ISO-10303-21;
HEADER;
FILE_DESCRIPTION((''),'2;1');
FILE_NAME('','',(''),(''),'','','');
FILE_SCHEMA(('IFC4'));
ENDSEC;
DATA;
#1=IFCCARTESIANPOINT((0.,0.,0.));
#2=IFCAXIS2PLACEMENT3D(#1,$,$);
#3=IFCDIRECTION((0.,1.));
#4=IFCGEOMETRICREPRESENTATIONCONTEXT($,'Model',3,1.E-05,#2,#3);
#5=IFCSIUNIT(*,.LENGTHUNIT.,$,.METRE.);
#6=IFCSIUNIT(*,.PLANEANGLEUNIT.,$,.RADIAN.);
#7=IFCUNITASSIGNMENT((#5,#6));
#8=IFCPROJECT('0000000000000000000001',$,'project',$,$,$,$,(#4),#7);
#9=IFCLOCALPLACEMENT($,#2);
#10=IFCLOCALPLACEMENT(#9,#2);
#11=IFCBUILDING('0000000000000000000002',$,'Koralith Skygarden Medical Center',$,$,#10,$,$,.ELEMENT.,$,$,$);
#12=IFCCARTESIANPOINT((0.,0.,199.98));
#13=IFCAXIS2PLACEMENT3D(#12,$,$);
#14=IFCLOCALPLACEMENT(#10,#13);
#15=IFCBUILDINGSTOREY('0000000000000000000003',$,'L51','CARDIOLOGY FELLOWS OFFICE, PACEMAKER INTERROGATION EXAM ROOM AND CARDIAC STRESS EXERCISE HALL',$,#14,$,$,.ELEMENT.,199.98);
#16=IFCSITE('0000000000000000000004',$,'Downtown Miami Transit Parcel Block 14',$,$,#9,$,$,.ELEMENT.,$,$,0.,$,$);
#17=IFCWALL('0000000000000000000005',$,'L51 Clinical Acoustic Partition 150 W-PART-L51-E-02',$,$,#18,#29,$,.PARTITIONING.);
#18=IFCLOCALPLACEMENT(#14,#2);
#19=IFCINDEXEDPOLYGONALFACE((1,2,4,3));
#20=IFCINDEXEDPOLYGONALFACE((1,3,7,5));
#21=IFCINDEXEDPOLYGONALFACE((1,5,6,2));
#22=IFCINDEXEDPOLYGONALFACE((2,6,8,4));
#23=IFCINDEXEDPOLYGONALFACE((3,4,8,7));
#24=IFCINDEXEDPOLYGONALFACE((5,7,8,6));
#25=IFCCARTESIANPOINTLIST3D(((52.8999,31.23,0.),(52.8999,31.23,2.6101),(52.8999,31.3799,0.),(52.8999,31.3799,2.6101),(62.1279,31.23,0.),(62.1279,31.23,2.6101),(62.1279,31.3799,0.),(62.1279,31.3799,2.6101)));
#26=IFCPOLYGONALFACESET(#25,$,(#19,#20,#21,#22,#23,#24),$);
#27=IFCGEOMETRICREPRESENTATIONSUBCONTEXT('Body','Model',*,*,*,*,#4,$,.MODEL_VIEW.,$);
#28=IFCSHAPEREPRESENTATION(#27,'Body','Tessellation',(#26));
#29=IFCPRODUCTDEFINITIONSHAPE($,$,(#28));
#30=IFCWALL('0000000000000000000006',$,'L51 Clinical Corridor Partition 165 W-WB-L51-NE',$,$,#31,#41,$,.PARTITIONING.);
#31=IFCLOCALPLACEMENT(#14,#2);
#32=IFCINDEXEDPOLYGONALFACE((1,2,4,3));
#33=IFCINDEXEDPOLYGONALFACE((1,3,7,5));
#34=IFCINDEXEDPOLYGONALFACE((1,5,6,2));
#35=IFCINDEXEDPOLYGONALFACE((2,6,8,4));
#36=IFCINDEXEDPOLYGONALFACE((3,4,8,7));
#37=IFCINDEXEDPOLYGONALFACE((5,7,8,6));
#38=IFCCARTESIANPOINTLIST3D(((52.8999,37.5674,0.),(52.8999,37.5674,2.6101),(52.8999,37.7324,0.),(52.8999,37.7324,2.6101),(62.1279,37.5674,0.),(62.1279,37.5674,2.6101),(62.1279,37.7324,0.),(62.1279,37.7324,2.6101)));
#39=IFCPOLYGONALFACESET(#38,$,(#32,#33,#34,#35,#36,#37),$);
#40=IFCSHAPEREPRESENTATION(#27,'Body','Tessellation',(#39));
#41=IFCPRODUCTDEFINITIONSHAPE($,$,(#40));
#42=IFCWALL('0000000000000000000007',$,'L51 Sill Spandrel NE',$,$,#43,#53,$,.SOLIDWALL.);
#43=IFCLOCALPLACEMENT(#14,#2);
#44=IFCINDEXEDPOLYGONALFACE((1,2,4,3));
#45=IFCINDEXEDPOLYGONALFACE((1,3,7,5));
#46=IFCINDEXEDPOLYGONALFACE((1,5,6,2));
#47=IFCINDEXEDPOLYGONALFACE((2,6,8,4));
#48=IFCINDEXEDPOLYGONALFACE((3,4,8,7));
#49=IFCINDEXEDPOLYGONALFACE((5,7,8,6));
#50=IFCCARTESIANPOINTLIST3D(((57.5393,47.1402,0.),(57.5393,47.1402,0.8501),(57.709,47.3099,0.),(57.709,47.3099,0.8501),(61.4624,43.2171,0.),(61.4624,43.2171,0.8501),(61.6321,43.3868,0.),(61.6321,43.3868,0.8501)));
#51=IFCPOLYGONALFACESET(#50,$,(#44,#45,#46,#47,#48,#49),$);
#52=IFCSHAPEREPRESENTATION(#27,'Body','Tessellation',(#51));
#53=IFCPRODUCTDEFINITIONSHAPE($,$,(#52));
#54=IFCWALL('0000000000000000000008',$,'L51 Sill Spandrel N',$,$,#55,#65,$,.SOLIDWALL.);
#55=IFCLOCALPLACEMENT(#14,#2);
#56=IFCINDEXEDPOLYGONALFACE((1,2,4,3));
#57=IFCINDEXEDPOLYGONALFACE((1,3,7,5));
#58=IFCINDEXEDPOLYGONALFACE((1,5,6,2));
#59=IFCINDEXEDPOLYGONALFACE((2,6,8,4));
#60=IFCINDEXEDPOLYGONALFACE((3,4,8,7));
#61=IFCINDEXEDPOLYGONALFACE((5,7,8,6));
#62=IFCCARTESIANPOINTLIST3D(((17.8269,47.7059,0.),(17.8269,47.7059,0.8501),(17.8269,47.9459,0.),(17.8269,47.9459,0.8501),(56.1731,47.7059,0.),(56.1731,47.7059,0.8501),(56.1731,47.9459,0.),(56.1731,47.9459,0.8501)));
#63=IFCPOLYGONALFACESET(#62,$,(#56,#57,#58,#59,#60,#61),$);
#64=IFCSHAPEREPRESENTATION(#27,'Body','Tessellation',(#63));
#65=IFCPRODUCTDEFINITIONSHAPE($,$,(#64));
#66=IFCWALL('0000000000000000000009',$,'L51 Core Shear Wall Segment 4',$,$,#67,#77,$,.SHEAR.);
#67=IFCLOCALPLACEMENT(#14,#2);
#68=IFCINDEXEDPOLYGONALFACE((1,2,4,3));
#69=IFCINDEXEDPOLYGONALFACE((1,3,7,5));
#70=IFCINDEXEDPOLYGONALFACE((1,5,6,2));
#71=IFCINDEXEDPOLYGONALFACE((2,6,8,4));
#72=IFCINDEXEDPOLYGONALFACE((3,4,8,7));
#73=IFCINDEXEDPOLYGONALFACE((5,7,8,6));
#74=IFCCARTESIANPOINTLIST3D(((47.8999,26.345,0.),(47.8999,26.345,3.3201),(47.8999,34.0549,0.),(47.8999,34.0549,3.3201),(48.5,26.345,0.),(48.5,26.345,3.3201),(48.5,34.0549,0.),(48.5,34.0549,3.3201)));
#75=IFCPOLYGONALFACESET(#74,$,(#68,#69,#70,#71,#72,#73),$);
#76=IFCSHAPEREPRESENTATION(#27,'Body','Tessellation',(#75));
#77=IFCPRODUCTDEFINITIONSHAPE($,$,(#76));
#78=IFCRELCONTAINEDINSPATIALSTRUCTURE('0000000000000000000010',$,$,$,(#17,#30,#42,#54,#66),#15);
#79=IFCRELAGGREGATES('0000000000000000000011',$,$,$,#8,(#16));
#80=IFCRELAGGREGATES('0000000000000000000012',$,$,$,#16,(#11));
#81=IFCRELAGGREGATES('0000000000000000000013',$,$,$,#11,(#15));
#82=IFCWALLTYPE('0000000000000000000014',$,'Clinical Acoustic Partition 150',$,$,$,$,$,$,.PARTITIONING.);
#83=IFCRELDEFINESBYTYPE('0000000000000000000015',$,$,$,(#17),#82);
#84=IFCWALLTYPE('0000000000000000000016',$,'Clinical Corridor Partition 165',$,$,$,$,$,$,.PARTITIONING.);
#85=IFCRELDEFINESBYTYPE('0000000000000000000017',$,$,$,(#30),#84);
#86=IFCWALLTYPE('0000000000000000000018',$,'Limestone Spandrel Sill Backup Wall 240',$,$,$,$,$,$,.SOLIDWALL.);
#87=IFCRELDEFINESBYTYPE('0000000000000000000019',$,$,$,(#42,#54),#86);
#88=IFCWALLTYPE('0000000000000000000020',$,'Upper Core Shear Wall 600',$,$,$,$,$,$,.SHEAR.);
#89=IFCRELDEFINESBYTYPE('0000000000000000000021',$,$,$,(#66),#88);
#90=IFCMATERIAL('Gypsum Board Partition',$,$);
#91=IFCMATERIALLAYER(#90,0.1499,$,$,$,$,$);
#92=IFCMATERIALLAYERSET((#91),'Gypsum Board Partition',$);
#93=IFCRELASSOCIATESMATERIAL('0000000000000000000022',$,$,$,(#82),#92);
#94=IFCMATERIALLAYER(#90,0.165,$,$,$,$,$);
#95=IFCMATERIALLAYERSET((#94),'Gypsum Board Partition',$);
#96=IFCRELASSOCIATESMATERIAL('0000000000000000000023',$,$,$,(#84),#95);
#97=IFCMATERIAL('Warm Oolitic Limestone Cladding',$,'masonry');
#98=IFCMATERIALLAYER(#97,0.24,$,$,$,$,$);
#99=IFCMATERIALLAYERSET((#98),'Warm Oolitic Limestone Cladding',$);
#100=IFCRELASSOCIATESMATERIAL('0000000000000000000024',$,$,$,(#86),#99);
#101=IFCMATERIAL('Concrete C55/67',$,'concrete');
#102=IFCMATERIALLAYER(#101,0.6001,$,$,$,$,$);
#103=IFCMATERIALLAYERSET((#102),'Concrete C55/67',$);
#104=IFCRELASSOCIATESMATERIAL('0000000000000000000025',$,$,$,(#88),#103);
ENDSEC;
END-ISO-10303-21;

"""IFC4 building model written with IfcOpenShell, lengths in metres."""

from ifc_helpers import new_model, si_unit, direction, frame, frame_2d, origin, place, context, subcontext, project, spatial, rectangle, extrude, material, layer, layer_set, type_object, element, save


model = new_model("IFC4")

# Units and contexts
model_context = context("Model", 3, precision=1e-05, world=origin(), true_north=direction((0.0, 1.0)))
body_context = subcontext(model_context, "Body", "Model", "MODEL_VIEW")
ifc_project = project(units=[si_unit("LENGTHUNIT", "METRE"), si_unit("PLANEANGLEUNIT", "RADIAN")], contexts=[model_context])

# Site, building, storey
site_placement = place(None, origin())
site = spatial("IfcSite", under=ifc_project, at=site_placement, Name="Downtown Miami Transit Parcel Block 14", CompositionType="ELEMENT", RefElevation=0.0)
building_placement = place(site_placement, origin())
building = spatial("IfcBuilding", under=site, at=building_placement, Name="Koralith Skygarden Medical Center", CompositionType="ELEMENT")
storey_placement = place(building_placement, frame((0.0, 0.0, 199.98)))
storey = spatial("IfcBuildingStorey", under=building, at=storey_placement, Name="L51", Description="CARDIOLOGY FELLOWS OFFICE, PACEMAKER INTERROGATION EXAM ROOM AND CARDIAC STRESS EXERCISE HALL", CompositionType="ELEMENT", Elevation=199.98)

# Shared definitions
ifc_material_1 = material(Name="Concrete C55/67", Category="concrete")

# Shared definitions
ifc_material_2 = material(Name="Warm Oolitic Limestone Cladding", Category="masonry")

# Walls
ifc_material_3 = material(Name="Gypsum Board Partition")
ifc_layer_1 = layer(ifc_material_3, 0.1499)
ifc_layer_set_1 = layer_set([ifc_layer_1], Name="Gypsum Board Partition")
wall_type_1 = type_object("IfcWallType", Name="Clinical Acoustic Partition 150", PredefinedType="PARTITIONING", material=ifc_layer_set_1)
wall_1_placement = place(storey_placement, frame((52.8999, 31.3049, 0.0), z_axis=(0.0, 0.0, 1.0), x_axis=(1.0, 0.0, 0.0)))
element("IfcWall", 1, at=wall_1_placement, inside=storey, type_object=wall_type_1, Name="L51 Clinical Acoustic Partition 150 W-PART-L51-E-02", PredefinedType="PARTITIONING", context=body_context, shape_type="SweptSolid", body=[
    extrude(rectangle(XDim=9.228, YDim=0.1499, at=frame_2d((4.614, 0.0))), origin(), (0.0, 0.0, 1.0), 2.6101),
])
ifc_layer_2 = layer(ifc_material_3, 0.165)
ifc_layer_set_2 = layer_set([ifc_layer_2], Name="Gypsum Board Partition")
wall_type_2 = type_object("IfcWallType", Name="Clinical Corridor Partition 165", PredefinedType="PARTITIONING", material=ifc_layer_set_2)
wall_2_placement = place(storey_placement, frame((52.8999, 37.6499, 0.0), z_axis=(0.0, 0.0, 1.0), x_axis=(1.0, 0.0, 0.0)))
element("IfcWall", 2, at=wall_2_placement, inside=storey, type_object=wall_type_2, Name="L51 Clinical Corridor Partition 165 W-WB-L51-NE", PredefinedType="PARTITIONING", context=body_context, shape_type="SweptSolid", body=[
    extrude(rectangle(XDim=9.228, YDim=0.165, at=frame_2d((4.614, 0.0))), origin(), (0.0, 0.0, 1.0), 2.6101),
])

# Walls
ifc_layer_3 = layer(ifc_material_2, 0.24)
ifc_layer_set_3 = layer_set([ifc_layer_3], Name="Warm Oolitic Limestone Cladding")
wall_type_3 = type_object("IfcWallType", Name="Limestone Spandrel Sill Backup Wall 240", PredefinedType="SOLIDWALL", material=ifc_layer_set_3)
wall_3_placement = place(storey_placement, frame((61.5471, 43.302, 0.0), z_axis=(0.0, 0.0, 1.0), x_axis=(-0.707107, 0.707107, 0.0)))
element("IfcWall", 3, at=wall_3_placement, inside=storey, type_object=wall_type_3, Name="L51 Sill Spandrel NE", PredefinedType="SOLIDWALL", context=body_context, shape_type="SweptSolid", body=[
    extrude(rectangle(XDim=5.5481, YDim=0.24, at=frame_2d((2.7739, 0.0))), origin(), (0.0, 0.0, 1.0), 0.8501),
])
wall_4_placement = place(storey_placement, frame((56.1731, 47.8259, 0.0), z_axis=(0.0, 0.0, 1.0), x_axis=(-1.0, 0.0, 0.0)))
element("IfcWall", 4, at=wall_4_placement, inside=storey, type_object=wall_type_3, Name="L51 Sill Spandrel N", PredefinedType="SOLIDWALL", context=body_context, shape_type="SweptSolid", body=[
    extrude(rectangle(XDim=38.3462, YDim=0.24, at=frame_2d((19.1731, 0.0))), origin(), (0.0, 0.0, 1.0), 0.8501),
])
ifc_layer_4 = layer(ifc_material_1, 0.6001)
ifc_layer_set_4 = layer_set([ifc_layer_4], Name="Concrete C55/67")
wall_type_4 = type_object("IfcWallType", Name="Upper Core Shear Wall 600", PredefinedType="SHEAR", material=ifc_layer_set_4)
wall_5_placement = place(storey_placement, frame((48.2, 26.345, 0.0), z_axis=(0.0, 0.0, 1.0), x_axis=(0.0, 1.0, 0.0)))
element("IfcWall", 5, at=wall_5_placement, inside=storey, type_object=wall_type_4, Name="L51 Core Shear Wall Segment 4", PredefinedType="SHEAR", context=body_context, shape_type="SweptSolid", body=[
    extrude(rectangle(XDim=7.71, YDim=0.6001, at=frame_2d((3.855, 0.0))), origin(), (0.0, 0.0, 1.0), 3.3201),
])

save(model, "model.ifc")
